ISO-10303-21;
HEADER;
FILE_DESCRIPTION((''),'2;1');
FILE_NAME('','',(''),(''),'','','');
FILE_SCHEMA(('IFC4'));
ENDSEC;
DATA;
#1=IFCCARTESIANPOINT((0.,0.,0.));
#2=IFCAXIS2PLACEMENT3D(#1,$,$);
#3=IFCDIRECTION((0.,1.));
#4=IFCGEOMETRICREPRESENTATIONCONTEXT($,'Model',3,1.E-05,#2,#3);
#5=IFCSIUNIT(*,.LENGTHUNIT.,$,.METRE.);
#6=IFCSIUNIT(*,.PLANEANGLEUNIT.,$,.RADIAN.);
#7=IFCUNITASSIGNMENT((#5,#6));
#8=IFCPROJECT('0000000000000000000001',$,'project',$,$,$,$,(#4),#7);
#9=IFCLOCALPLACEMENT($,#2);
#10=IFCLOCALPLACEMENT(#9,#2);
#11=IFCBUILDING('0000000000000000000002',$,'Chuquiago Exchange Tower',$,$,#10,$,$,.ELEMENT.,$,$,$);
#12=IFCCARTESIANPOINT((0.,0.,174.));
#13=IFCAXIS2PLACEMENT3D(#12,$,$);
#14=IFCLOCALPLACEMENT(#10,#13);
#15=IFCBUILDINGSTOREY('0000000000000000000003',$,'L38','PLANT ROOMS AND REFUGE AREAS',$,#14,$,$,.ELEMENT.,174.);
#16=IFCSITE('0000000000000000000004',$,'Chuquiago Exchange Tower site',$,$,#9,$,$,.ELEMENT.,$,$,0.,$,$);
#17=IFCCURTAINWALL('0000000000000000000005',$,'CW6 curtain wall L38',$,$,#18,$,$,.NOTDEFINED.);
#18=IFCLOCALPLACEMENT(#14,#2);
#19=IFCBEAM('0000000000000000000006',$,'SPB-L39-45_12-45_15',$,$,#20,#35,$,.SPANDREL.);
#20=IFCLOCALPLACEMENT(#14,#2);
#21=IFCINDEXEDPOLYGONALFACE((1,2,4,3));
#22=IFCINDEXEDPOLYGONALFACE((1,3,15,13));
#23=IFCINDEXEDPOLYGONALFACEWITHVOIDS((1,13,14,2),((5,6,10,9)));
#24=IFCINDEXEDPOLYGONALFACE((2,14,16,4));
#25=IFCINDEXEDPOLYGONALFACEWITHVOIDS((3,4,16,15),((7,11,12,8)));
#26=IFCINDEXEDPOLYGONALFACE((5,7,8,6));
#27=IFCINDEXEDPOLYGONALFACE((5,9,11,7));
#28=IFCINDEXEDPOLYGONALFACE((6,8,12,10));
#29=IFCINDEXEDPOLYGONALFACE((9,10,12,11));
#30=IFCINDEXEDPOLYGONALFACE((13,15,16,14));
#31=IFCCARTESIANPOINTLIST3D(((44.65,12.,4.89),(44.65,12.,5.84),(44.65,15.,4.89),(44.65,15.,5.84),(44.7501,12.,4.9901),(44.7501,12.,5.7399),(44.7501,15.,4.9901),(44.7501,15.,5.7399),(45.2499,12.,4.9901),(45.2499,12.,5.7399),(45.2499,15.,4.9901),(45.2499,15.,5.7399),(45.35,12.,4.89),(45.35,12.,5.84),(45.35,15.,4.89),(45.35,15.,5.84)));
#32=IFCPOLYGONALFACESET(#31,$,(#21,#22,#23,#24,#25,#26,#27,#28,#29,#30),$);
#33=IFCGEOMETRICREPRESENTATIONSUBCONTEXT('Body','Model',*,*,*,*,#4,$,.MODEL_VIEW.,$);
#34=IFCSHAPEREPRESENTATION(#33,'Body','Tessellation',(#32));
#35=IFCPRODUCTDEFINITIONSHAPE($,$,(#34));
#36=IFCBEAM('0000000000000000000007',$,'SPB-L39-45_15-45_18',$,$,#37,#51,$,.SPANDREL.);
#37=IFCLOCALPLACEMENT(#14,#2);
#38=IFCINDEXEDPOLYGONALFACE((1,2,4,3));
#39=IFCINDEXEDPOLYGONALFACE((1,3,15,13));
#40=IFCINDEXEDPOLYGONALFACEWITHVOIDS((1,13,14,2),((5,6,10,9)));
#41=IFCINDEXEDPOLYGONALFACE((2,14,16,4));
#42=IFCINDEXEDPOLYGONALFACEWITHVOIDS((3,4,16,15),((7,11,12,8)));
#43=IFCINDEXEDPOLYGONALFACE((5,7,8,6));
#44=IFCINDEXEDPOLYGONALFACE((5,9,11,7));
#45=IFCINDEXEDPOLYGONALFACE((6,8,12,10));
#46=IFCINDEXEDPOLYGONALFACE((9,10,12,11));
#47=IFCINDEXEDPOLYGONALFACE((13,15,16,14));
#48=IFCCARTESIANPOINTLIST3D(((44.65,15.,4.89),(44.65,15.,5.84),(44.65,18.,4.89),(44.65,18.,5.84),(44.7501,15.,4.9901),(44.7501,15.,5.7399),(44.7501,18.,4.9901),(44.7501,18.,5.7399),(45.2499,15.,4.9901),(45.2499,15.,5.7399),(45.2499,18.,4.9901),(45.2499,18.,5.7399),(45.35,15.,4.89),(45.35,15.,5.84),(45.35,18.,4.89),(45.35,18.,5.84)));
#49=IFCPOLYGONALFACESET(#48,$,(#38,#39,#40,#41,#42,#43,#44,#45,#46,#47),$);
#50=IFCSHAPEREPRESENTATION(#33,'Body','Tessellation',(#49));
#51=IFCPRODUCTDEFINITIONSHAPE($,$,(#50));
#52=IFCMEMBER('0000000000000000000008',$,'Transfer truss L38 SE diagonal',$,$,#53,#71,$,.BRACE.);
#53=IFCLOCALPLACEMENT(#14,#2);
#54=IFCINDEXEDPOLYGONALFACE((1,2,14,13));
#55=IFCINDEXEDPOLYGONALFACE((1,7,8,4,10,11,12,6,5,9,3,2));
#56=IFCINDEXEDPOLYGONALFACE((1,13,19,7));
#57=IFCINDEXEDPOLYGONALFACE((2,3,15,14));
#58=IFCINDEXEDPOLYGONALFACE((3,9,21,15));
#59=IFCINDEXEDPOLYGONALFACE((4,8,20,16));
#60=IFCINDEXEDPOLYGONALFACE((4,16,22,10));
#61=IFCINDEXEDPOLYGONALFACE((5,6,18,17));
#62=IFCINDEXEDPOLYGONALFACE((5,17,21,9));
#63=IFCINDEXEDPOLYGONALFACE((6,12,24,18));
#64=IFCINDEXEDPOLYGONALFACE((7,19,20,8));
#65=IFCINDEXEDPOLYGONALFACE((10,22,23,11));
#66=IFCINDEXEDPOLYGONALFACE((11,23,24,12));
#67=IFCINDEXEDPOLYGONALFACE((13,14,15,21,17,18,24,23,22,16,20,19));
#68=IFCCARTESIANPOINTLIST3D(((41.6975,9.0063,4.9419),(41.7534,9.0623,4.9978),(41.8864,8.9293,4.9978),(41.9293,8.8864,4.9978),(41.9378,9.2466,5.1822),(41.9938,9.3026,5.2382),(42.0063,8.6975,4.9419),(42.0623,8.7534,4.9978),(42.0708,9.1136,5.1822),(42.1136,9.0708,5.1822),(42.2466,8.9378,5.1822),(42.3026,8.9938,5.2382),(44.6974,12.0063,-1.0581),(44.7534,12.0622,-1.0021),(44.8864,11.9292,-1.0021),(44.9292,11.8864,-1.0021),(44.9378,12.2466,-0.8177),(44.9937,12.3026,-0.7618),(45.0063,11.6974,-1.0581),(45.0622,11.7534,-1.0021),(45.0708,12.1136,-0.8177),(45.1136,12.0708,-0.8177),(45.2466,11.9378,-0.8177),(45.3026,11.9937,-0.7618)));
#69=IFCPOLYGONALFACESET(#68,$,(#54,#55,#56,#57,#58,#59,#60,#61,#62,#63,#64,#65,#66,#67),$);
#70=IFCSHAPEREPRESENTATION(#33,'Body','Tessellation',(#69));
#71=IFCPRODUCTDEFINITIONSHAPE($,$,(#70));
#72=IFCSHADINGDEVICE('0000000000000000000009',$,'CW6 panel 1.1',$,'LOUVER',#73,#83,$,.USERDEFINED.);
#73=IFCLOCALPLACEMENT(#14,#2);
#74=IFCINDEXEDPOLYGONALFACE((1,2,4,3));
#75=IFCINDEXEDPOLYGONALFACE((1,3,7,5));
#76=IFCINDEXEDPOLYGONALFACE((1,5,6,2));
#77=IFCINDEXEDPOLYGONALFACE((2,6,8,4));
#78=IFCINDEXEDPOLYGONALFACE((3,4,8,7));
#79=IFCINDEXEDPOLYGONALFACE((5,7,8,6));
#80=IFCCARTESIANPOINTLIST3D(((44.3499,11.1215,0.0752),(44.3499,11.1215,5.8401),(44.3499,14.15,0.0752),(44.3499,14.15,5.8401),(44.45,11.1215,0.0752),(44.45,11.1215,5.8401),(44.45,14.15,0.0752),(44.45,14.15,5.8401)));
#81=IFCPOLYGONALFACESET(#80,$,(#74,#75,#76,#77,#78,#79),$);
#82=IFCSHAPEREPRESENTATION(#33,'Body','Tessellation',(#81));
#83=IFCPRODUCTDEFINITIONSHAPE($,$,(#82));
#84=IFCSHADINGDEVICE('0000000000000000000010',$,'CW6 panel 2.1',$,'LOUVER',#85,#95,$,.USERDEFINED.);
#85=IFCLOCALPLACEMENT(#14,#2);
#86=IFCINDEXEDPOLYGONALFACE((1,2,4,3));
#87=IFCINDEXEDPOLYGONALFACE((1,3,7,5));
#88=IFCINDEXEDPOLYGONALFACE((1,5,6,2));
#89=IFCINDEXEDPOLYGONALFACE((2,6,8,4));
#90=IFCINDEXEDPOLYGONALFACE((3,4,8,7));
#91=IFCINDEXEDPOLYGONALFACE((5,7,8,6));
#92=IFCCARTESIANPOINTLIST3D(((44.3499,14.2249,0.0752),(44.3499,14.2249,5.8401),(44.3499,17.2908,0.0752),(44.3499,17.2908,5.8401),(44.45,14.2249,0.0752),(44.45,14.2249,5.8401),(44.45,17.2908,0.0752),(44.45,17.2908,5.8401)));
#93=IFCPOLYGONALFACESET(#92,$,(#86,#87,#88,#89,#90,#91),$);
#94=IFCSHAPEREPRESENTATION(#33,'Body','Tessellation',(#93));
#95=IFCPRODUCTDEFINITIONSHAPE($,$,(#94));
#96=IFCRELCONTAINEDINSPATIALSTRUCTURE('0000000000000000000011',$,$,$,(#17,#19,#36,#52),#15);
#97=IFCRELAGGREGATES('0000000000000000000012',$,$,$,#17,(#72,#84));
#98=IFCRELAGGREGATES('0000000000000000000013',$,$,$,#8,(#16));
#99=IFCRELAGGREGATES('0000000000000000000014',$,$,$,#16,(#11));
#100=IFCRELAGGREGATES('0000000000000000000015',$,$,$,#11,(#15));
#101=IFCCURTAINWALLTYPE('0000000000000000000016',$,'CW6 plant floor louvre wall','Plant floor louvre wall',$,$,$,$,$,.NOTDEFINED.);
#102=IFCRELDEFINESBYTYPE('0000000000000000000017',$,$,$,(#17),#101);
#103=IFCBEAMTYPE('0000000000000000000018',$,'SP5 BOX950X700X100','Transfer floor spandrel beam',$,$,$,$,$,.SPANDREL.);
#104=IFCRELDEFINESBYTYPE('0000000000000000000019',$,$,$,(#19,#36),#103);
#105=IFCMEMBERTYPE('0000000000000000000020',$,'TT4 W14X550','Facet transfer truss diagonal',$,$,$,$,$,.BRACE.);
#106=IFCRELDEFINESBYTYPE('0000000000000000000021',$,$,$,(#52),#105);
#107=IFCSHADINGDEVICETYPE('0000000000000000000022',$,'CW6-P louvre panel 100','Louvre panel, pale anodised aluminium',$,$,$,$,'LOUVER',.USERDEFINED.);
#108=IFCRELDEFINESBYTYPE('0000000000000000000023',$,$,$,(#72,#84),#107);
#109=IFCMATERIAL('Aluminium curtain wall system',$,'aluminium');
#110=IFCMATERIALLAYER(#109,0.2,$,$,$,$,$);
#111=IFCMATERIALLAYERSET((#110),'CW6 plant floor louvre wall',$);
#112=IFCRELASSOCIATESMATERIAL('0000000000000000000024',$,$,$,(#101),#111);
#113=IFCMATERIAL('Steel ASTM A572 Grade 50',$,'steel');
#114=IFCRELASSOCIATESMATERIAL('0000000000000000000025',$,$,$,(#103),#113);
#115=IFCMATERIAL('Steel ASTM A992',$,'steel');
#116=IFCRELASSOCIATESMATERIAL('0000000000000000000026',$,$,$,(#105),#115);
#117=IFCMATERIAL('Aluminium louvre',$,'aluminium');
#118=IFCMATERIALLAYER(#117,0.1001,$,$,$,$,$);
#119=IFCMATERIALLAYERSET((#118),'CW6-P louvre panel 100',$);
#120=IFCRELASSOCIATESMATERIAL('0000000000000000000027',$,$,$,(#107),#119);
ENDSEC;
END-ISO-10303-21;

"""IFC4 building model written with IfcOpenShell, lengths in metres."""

from ifc_helpers import new_model, si_unit, direction, frame, origin, origin_2d, place, context, subcontext, project, spatial, rectangle, hollow_rectangle, i_section, extrude, material, layer, layer_set, material_profile, profile_set, type_object, element, aggregate, save


model = new_model("IFC4")

# Units and contexts
model_context = context("Model", 3, precision=1e-05, world=origin(), true_north=direction((0.0, 1.0)))
body_context = subcontext(model_context, "Body", "Model", "MODEL_VIEW")
ifc_project = project(units=[si_unit("LENGTHUNIT", "METRE"), si_unit("PLANEANGLEUNIT", "RADIAN")], contexts=[model_context])

# Site, building, storey
site_placement = place(None, origin())
site = spatial("IfcSite", under=ifc_project, at=site_placement, Name="Chuquiago Exchange Tower site", CompositionType="ELEMENT", RefElevation=0.0)
building_placement = place(site_placement, origin())
building = spatial("IfcBuilding", under=site, at=building_placement, Name="Chuquiago Exchange Tower", CompositionType="ELEMENT")
storey_placement = place(building_placement, frame((0.0, 0.0, 174.0)))
storey = spatial("IfcBuildingStorey", under=building, at=storey_placement, Name="L38", Description="PLANT ROOMS AND REFUGE AREAS", CompositionType="ELEMENT", Elevation=174.0)

# Curtain wall
ifc_material_1 = material(Name="Aluminium curtain wall system", Category="aluminium")
ifc_layer_1 = layer(ifc_material_1, 0.2)
ifc_layer_set_1 = layer_set([ifc_layer_1], Name="CW6 plant floor louvre wall")
curtain_wall_type = type_object("IfcCurtainWallType", Name="CW6 plant floor louvre wall", Description="Plant floor louvre wall", PredefinedType="NOTDEFINED", material=ifc_layer_set_1)
curtain_wall_placement = place(storey_placement, origin())
curtain_wall = element("IfcCurtainWall", 1, at=curtain_wall_placement, inside=storey, type_object=curtain_wall_type, Name="CW6 curtain wall L38", PredefinedType="NOTDEFINED")

# Beams
ifc_material_2 = material(Name="Steel ASTM A572 Grade 50", Category="steel")
ifc_material_profile_1 = material_profile(ifc_material_2, hollow_rectangle(XDim=0.7, YDim=0.95, WallThickness=0.1001, at=origin_2d()), Name="BOX950X700X100")
ifc_profile_set_1 = profile_set([ifc_material_profile_1], Name="Steel ASTM A572 Grade 50")
beam_type = type_object("IfcBeamType", Name="SP5 BOX950X700X100", Description="Transfer floor spandrel beam", PredefinedType="SPANDREL", material=ifc_profile_set_1)
for number, where, z_axis, x_axis, name in (
    (2, (45.0, 12.0, 5.365), (0.0, 1.0, 0.0), (-1.0, 0.0, 0.0), "SPB-L39-45_12-45_15"),
    (3, (45.0, 15.0, 5.365), (0.0, 1.0, 0.0), (-1.0, 0.0, 0.0), "SPB-L39-45_15-45_18"),
):
    element("IfcBeam", number, at=place(storey_placement, frame(where, z_axis=z_axis, x_axis=x_axis)), inside=storey, type_object=beam_type, Name=name, PredefinedType="SPANDREL", context=body_context, shape_type="SweptSolid", body=[
        extrude(hollow_rectangle(XDim=0.7, YDim=0.95, WallThickness=0.1001, at=origin_2d()), origin(), (0.0, 0.0, 1.0), 3.0),
    ])

# Member
ifc_material_3 = material(Name="Steel ASTM A992", Category="steel")
ifc_material_profile_2 = material_profile(ifc_material_3, i_section(OverallWidth=0.4368, OverallDepth=0.5132, WebThickness=0.0605, FlangeThickness=0.0969, at=origin_2d()), Name="W14X550")
ifc_profile_set_2 = profile_set([ifc_material_profile_2], Name="Steel ASTM A992")
member_type_1 = type_object("IfcMemberType", Name="TT4 W14X550", Description="Facet transfer truss diagonal", PredefinedType="BRACE", material=ifc_profile_set_2)
member_1_placement = place(storey_placement, frame((45.0, 12.0, -0.9099), z_axis=(-0.408248, -0.408248, 0.816497), x_axis=(0.707107, -0.707107, 0.0)))
element("IfcMember", 4, at=member_1_placement, inside=storey, type_object=member_type_1, Name="Transfer truss L38 SE diagonal", PredefinedType="BRACE", context=body_context, shape_type="SweptSolid", body=[
    extrude(i_section(OverallWidth=0.4368, OverallDepth=0.5132, WebThickness=0.0605, FlangeThickness=0.0969, at=origin_2d()), origin(), (0.0, 0.0, 1.0), 7.3484),
])

# Shading devices
ifc_material_4 = material(Name="Aluminium louvre", Category="aluminium")
ifc_layer_2 = layer(ifc_material_4, 0.1001)
ifc_layer_set_2 = layer_set([ifc_layer_2], Name="CW6-P louvre panel 100")
shading_device_type = type_object("IfcShadingDeviceType", Name="CW6-P louvre panel 100", Description="Louvre panel, pale anodised aluminium", ElementType="LOUVER", PredefinedType="USERDEFINED", material=ifc_layer_set_2)
shading_device_1_placement = place(storey_placement, frame((44.3999, 12.6357, 0.0752), z_axis=(0.0, 0.0, 1.0), x_axis=(0.0, 1.0, 0.0)))
shading_device_1 = element("IfcShadingDevice", 5, at=shading_device_1_placement, type_object=shading_device_type, Name="CW6 panel 1.1", ObjectType="LOUVER", PredefinedType="USERDEFINED", context=body_context, shape_type="SweptSolid", body=[
    extrude(rectangle(XDim=3.0286, YDim=0.1001, at=origin_2d()), origin(), (0.0, 0.0, 1.0), 5.7649),
])
shading_device_2_placement = place(storey_placement, frame((44.3999, 15.7578, 0.0752), z_axis=(0.0, 0.0, 1.0), x_axis=(0.0, 1.0, 0.0)))
shading_device_2 = element("IfcShadingDevice", 6, at=shading_device_2_placement, type_object=shading_device_type, Name="CW6 panel 2.1", ObjectType="LOUVER", PredefinedType="USERDEFINED", context=body_context, shape_type="SweptSolid", body=[
    extrude(rectangle(XDim=3.0659, YDim=0.1001, at=origin_2d()), origin(), (0.0, 0.0, 1.0), 5.7649),
])
aggregate(curtain_wall, [shading_device_1, shading_device_2])

save(model, "model.ifc")
